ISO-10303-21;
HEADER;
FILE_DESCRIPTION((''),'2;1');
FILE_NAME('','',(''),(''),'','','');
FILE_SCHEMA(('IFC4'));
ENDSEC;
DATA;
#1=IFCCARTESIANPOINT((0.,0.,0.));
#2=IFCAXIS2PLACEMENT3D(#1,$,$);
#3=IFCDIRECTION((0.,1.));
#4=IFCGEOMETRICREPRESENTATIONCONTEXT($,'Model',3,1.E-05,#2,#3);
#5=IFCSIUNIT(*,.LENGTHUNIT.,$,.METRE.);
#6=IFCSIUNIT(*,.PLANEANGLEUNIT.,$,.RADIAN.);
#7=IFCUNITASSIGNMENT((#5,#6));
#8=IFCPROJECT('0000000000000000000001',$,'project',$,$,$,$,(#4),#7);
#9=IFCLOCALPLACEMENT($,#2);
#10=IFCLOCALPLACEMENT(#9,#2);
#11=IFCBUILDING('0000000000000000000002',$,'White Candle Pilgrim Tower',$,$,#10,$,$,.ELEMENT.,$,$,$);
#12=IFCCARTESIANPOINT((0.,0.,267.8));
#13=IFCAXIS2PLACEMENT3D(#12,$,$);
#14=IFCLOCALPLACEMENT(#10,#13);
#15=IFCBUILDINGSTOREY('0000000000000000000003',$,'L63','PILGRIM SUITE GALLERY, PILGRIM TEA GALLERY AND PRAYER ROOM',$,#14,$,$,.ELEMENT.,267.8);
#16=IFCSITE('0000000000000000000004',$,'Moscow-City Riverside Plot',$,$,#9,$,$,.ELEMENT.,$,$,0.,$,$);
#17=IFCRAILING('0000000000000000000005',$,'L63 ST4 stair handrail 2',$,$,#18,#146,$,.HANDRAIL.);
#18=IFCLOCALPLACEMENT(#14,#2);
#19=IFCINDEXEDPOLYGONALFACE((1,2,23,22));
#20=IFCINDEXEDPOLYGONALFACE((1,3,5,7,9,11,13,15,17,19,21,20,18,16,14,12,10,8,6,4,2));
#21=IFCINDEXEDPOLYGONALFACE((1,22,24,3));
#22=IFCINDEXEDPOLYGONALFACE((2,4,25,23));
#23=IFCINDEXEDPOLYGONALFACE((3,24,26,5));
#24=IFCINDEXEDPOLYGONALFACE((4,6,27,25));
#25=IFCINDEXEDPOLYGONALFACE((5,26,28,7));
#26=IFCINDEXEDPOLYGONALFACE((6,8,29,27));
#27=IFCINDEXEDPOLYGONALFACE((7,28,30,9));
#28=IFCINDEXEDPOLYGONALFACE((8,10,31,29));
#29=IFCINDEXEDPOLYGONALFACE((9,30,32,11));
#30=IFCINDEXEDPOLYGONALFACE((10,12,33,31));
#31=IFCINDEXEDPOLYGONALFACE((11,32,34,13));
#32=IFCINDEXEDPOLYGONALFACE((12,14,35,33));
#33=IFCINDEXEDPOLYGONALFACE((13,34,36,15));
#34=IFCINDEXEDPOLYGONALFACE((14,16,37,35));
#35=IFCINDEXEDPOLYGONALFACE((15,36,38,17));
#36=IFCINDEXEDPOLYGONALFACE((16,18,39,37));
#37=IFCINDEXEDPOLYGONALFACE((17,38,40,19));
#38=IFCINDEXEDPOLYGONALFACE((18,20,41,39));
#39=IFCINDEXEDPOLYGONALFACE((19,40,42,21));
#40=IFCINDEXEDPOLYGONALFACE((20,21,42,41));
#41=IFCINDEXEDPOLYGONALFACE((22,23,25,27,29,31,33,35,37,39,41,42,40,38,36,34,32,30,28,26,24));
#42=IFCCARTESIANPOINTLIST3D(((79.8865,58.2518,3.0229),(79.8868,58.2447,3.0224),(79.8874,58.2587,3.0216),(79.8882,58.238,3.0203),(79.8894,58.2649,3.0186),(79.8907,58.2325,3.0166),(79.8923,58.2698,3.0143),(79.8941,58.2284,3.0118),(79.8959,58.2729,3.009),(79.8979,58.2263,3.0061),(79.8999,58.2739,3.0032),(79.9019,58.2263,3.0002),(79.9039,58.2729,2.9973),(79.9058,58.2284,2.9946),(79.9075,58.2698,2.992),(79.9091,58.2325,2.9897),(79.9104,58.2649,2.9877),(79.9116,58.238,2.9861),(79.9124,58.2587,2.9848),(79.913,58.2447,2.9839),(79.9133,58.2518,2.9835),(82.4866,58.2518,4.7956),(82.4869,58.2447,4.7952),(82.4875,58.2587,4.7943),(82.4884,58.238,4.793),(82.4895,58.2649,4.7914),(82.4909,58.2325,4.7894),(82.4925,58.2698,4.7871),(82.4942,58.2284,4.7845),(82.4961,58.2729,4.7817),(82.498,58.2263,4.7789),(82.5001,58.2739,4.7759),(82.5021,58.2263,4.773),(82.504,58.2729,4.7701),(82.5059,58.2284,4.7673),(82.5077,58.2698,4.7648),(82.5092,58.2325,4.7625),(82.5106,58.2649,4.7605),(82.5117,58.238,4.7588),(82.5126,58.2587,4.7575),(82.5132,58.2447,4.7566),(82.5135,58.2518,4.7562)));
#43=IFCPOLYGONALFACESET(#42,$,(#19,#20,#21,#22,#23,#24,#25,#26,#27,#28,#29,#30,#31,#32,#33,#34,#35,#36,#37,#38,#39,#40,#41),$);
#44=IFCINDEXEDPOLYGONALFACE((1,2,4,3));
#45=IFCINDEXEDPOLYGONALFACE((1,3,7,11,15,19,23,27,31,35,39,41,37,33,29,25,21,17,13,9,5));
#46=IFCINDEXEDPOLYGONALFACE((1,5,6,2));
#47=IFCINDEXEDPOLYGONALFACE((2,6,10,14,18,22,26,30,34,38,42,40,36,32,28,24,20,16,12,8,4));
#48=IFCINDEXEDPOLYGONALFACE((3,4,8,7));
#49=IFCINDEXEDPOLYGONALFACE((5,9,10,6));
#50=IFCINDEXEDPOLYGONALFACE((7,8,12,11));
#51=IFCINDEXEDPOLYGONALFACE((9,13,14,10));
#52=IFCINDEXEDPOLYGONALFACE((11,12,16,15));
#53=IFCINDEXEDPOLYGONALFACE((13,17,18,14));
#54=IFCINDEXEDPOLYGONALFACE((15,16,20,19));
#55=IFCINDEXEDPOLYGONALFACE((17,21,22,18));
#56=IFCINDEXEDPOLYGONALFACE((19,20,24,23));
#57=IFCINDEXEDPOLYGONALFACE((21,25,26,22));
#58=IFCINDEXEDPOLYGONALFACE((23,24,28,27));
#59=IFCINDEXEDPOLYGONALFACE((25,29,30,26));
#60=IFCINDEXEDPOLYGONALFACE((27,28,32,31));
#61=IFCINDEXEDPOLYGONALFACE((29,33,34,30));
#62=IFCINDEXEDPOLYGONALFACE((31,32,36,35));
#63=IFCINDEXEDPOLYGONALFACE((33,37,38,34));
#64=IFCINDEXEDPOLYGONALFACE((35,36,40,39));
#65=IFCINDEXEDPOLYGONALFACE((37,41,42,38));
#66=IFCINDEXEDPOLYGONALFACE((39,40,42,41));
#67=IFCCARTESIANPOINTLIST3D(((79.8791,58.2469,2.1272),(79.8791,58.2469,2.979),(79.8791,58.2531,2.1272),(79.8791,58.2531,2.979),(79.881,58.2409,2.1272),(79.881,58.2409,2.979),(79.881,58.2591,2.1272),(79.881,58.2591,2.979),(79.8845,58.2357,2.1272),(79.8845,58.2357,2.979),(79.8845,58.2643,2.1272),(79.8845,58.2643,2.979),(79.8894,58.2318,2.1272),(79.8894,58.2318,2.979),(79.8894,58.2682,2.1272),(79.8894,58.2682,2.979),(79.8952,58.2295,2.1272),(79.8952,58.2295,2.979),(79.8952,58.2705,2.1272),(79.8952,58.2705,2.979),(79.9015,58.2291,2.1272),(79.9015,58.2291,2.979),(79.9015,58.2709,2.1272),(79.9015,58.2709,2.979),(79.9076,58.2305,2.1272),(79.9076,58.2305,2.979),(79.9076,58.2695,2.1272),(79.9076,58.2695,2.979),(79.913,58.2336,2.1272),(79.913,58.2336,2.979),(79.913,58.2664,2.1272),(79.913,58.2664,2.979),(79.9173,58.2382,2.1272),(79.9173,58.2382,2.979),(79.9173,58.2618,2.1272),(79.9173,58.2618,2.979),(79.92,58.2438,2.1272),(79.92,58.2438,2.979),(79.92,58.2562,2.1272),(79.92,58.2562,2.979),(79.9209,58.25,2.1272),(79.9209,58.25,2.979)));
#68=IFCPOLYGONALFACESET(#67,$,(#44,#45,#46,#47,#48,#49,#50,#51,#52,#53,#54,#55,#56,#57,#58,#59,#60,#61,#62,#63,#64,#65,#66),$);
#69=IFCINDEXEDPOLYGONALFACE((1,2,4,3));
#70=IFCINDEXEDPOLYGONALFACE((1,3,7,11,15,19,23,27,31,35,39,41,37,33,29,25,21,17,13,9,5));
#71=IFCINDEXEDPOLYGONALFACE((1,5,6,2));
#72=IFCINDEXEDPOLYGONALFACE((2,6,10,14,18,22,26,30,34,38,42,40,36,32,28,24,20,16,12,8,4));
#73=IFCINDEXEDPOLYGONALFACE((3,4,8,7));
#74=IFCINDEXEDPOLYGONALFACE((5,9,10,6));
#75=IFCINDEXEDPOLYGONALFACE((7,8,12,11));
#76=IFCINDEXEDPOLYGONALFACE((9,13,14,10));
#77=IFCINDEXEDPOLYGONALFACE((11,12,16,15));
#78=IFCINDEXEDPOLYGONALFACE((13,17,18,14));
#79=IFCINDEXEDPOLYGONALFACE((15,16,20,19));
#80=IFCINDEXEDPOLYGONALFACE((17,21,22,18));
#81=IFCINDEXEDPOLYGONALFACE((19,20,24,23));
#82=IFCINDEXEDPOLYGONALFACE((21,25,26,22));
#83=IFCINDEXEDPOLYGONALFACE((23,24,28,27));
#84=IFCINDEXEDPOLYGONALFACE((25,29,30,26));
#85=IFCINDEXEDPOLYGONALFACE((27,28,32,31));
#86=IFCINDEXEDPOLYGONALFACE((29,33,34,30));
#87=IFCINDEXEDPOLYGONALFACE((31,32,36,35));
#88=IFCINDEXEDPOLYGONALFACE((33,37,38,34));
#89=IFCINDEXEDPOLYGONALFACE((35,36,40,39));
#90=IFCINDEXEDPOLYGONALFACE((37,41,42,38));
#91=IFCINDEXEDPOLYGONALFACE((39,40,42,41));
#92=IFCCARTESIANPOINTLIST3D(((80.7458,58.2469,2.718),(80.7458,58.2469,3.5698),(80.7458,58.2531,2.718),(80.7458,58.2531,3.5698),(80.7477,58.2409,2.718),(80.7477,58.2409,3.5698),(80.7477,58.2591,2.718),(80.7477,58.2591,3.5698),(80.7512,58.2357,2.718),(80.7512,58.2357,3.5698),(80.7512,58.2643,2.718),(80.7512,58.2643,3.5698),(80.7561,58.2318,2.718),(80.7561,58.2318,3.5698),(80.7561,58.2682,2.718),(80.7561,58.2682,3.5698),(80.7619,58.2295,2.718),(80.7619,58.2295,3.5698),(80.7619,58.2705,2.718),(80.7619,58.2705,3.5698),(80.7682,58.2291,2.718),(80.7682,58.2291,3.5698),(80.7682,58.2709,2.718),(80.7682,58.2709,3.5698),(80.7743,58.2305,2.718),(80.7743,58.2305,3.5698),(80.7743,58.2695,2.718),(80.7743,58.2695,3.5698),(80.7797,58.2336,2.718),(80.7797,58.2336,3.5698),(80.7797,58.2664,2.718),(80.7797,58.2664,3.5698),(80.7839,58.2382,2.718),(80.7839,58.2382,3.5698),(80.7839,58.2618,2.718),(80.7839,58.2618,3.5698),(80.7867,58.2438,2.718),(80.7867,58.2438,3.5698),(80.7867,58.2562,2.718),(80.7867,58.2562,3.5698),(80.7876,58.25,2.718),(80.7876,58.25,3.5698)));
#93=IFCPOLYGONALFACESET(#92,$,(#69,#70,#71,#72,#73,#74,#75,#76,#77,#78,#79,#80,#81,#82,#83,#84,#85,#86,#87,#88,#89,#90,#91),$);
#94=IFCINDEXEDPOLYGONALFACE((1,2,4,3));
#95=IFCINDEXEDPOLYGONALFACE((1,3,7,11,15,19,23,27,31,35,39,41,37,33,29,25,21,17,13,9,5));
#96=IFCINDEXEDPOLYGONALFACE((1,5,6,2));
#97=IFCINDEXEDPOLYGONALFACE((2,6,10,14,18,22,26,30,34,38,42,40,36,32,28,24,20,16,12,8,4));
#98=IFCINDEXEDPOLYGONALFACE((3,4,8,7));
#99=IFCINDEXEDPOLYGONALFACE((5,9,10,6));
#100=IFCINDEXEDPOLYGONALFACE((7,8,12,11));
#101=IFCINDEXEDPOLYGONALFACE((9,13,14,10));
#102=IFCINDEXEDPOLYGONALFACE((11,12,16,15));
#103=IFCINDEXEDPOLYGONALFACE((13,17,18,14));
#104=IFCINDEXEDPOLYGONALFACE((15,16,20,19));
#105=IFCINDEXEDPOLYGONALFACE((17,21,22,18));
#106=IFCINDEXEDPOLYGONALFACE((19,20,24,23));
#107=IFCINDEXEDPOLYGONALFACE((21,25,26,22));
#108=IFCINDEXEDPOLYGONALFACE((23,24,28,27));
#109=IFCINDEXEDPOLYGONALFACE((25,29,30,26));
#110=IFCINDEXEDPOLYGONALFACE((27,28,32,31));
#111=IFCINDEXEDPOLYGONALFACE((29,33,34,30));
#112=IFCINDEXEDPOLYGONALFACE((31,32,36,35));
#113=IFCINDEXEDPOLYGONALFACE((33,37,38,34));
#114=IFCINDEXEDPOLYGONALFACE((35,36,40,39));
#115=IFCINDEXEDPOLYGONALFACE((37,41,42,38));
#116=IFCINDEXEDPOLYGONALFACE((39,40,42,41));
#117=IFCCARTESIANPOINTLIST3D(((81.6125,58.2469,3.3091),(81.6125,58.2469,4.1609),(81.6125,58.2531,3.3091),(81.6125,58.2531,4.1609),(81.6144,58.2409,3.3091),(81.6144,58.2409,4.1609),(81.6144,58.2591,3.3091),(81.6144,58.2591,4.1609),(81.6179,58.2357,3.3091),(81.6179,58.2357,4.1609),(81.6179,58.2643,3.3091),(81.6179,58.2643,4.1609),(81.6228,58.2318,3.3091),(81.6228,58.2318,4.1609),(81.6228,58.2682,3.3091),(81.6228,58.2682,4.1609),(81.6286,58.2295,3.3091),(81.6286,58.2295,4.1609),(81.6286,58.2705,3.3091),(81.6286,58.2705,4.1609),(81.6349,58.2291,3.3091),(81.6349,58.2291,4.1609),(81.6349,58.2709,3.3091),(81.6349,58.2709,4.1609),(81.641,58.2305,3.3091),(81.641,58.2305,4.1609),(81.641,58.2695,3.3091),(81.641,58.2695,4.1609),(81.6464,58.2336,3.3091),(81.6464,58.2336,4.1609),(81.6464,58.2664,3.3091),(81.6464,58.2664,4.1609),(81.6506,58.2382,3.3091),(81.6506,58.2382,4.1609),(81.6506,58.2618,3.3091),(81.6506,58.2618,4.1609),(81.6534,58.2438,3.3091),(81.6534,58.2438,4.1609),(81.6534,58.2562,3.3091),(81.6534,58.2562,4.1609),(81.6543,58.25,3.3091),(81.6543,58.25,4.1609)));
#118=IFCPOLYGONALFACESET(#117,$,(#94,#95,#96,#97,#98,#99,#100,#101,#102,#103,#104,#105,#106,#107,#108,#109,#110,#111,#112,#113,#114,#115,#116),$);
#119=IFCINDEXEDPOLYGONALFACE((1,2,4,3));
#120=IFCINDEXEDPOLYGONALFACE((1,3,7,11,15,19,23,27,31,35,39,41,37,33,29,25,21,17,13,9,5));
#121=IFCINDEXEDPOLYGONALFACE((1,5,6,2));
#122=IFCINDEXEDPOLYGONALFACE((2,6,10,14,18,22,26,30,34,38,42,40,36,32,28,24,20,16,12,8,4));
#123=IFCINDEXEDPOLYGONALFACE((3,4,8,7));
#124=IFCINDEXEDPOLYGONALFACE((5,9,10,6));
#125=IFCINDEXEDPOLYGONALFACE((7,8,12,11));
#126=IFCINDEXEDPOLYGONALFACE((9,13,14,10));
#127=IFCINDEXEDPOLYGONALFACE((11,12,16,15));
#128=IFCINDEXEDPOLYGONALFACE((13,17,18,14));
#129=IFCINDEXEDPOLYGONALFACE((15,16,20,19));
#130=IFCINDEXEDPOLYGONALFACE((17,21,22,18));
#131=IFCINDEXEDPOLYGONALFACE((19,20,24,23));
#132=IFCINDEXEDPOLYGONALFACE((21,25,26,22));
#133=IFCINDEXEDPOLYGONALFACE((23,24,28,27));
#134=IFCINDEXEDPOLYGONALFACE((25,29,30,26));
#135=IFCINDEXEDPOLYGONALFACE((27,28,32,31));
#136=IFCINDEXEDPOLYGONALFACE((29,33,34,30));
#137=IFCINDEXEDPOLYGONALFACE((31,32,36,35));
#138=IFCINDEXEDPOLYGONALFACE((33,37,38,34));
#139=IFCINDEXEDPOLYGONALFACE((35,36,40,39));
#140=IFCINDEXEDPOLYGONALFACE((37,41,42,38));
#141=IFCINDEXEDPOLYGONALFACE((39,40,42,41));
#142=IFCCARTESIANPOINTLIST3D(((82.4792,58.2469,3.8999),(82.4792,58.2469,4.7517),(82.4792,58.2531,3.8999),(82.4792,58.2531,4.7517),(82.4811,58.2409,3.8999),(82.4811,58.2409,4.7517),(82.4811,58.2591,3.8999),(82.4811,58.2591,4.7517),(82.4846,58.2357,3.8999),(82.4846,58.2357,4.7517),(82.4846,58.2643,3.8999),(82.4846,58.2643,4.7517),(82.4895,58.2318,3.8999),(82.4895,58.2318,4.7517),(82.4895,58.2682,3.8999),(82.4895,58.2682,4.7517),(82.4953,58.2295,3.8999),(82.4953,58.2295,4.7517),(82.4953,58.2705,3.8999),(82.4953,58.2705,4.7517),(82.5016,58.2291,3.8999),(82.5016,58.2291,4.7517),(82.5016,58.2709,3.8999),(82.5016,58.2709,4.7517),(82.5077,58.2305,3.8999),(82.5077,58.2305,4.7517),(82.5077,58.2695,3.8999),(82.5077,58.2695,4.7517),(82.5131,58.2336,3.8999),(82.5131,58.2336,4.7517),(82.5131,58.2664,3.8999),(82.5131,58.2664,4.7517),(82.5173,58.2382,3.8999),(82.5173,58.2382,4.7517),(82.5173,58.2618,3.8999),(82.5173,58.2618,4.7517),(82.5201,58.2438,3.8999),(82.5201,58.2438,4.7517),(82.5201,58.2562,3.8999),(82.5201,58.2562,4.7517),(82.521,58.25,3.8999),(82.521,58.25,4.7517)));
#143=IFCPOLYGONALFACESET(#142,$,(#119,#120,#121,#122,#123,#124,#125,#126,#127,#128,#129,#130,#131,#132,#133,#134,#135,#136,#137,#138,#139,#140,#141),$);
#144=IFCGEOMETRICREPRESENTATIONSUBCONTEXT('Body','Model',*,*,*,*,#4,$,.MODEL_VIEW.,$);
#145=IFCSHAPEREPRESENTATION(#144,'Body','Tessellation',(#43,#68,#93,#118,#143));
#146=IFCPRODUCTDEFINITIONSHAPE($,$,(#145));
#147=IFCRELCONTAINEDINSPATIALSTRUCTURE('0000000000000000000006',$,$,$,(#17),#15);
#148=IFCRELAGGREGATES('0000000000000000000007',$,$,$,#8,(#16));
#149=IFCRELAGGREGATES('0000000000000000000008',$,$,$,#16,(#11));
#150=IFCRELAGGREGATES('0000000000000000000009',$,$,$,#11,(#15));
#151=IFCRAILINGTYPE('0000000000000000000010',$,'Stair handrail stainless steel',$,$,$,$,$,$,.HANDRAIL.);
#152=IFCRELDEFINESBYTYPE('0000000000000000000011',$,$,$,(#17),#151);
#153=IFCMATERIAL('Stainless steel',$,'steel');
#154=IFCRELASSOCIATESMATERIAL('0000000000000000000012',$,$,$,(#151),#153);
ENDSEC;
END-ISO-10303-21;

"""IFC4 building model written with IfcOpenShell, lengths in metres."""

from ifc_helpers import new_model, si_unit, direction, frame, origin, origin_2d, place, context, subcontext, project, spatial, circle, extrude, material, type_object, element, save


model = new_model("IFC4")

# Units and contexts
model_context = context("Model", 3, precision=1e-05, world=origin(), true_north=direction((0.0, 1.0)))
body_context = subcontext(model_context, "Body", "Model", "MODEL_VIEW")
ifc_project = project(units=[si_unit("LENGTHUNIT", "METRE"), si_unit("PLANEANGLEUNIT", "RADIAN")], contexts=[model_context])

# Site, building, storey
site_placement = place(None, origin())
site = spatial("IfcSite", under=ifc_project, at=site_placement, Name="Moscow-City Riverside Plot", CompositionType="ELEMENT", RefElevation=0.0)
building_placement = place(site_placement, origin())
building = spatial("IfcBuilding", under=site, at=building_placement, Name="White Candle Pilgrim Tower", CompositionType="ELEMENT")
storey_placement = place(building_placement, frame((0.0, 0.0, 267.8)))
storey = spatial("IfcBuildingStorey", under=building, at=storey_placement, Name="L63", Description="PILGRIM SUITE GALLERY, PILGRIM TEA GALLERY AND PRAYER ROOM", CompositionType="ELEMENT", Elevation=267.8)

# Railing
ifc_material_1 = material(Name="Stainless steel", Category="steel")
railing_type_1 = type_object("IfcRailingType", Name="Stair handrail stainless steel", PredefinedType="HANDRAIL", material=ifc_material_1)
railing_1_placement = place(storey_placement, frame((79.8999, 58.25, 2.1272)))
element("IfcRailing", 1, at=railing_1_placement, inside=storey, type_object=railing_type_1, Name="L63 ST4 stair handrail 2", PredefinedType="HANDRAIL", context=body_context, shape_type="SweptSolid", body=[
    extrude(circle(Radius=0.0239, at=origin_2d()), frame((0.0, 0.0, 0.876), z_axis=(0.82624, 0.0, 0.563318), x_axis=(0.0, 1.0, 0.0)), (0.0, 0.0, 1.0), 3.147),
    extrude(circle(Radius=0.021, at=origin_2d()), origin(), (0.0, 0.0, 1.0), 0.8518),
    extrude(circle(Radius=0.021, at=origin_2d()), frame((0.8667, 0.0, 0.5908)), (0.0, 0.0, 1.0), 0.8518),
    extrude(circle(Radius=0.021, at=origin_2d()), frame((1.7334, 0.0, 1.1819)), (0.0, 0.0, 1.0), 0.8518),
    extrude(circle(Radius=0.021, at=origin_2d()), frame((2.6001, 0.0, 1.7727)), (0.0, 0.0, 1.0), 0.8518),
])

save(model, "model.ifc")
